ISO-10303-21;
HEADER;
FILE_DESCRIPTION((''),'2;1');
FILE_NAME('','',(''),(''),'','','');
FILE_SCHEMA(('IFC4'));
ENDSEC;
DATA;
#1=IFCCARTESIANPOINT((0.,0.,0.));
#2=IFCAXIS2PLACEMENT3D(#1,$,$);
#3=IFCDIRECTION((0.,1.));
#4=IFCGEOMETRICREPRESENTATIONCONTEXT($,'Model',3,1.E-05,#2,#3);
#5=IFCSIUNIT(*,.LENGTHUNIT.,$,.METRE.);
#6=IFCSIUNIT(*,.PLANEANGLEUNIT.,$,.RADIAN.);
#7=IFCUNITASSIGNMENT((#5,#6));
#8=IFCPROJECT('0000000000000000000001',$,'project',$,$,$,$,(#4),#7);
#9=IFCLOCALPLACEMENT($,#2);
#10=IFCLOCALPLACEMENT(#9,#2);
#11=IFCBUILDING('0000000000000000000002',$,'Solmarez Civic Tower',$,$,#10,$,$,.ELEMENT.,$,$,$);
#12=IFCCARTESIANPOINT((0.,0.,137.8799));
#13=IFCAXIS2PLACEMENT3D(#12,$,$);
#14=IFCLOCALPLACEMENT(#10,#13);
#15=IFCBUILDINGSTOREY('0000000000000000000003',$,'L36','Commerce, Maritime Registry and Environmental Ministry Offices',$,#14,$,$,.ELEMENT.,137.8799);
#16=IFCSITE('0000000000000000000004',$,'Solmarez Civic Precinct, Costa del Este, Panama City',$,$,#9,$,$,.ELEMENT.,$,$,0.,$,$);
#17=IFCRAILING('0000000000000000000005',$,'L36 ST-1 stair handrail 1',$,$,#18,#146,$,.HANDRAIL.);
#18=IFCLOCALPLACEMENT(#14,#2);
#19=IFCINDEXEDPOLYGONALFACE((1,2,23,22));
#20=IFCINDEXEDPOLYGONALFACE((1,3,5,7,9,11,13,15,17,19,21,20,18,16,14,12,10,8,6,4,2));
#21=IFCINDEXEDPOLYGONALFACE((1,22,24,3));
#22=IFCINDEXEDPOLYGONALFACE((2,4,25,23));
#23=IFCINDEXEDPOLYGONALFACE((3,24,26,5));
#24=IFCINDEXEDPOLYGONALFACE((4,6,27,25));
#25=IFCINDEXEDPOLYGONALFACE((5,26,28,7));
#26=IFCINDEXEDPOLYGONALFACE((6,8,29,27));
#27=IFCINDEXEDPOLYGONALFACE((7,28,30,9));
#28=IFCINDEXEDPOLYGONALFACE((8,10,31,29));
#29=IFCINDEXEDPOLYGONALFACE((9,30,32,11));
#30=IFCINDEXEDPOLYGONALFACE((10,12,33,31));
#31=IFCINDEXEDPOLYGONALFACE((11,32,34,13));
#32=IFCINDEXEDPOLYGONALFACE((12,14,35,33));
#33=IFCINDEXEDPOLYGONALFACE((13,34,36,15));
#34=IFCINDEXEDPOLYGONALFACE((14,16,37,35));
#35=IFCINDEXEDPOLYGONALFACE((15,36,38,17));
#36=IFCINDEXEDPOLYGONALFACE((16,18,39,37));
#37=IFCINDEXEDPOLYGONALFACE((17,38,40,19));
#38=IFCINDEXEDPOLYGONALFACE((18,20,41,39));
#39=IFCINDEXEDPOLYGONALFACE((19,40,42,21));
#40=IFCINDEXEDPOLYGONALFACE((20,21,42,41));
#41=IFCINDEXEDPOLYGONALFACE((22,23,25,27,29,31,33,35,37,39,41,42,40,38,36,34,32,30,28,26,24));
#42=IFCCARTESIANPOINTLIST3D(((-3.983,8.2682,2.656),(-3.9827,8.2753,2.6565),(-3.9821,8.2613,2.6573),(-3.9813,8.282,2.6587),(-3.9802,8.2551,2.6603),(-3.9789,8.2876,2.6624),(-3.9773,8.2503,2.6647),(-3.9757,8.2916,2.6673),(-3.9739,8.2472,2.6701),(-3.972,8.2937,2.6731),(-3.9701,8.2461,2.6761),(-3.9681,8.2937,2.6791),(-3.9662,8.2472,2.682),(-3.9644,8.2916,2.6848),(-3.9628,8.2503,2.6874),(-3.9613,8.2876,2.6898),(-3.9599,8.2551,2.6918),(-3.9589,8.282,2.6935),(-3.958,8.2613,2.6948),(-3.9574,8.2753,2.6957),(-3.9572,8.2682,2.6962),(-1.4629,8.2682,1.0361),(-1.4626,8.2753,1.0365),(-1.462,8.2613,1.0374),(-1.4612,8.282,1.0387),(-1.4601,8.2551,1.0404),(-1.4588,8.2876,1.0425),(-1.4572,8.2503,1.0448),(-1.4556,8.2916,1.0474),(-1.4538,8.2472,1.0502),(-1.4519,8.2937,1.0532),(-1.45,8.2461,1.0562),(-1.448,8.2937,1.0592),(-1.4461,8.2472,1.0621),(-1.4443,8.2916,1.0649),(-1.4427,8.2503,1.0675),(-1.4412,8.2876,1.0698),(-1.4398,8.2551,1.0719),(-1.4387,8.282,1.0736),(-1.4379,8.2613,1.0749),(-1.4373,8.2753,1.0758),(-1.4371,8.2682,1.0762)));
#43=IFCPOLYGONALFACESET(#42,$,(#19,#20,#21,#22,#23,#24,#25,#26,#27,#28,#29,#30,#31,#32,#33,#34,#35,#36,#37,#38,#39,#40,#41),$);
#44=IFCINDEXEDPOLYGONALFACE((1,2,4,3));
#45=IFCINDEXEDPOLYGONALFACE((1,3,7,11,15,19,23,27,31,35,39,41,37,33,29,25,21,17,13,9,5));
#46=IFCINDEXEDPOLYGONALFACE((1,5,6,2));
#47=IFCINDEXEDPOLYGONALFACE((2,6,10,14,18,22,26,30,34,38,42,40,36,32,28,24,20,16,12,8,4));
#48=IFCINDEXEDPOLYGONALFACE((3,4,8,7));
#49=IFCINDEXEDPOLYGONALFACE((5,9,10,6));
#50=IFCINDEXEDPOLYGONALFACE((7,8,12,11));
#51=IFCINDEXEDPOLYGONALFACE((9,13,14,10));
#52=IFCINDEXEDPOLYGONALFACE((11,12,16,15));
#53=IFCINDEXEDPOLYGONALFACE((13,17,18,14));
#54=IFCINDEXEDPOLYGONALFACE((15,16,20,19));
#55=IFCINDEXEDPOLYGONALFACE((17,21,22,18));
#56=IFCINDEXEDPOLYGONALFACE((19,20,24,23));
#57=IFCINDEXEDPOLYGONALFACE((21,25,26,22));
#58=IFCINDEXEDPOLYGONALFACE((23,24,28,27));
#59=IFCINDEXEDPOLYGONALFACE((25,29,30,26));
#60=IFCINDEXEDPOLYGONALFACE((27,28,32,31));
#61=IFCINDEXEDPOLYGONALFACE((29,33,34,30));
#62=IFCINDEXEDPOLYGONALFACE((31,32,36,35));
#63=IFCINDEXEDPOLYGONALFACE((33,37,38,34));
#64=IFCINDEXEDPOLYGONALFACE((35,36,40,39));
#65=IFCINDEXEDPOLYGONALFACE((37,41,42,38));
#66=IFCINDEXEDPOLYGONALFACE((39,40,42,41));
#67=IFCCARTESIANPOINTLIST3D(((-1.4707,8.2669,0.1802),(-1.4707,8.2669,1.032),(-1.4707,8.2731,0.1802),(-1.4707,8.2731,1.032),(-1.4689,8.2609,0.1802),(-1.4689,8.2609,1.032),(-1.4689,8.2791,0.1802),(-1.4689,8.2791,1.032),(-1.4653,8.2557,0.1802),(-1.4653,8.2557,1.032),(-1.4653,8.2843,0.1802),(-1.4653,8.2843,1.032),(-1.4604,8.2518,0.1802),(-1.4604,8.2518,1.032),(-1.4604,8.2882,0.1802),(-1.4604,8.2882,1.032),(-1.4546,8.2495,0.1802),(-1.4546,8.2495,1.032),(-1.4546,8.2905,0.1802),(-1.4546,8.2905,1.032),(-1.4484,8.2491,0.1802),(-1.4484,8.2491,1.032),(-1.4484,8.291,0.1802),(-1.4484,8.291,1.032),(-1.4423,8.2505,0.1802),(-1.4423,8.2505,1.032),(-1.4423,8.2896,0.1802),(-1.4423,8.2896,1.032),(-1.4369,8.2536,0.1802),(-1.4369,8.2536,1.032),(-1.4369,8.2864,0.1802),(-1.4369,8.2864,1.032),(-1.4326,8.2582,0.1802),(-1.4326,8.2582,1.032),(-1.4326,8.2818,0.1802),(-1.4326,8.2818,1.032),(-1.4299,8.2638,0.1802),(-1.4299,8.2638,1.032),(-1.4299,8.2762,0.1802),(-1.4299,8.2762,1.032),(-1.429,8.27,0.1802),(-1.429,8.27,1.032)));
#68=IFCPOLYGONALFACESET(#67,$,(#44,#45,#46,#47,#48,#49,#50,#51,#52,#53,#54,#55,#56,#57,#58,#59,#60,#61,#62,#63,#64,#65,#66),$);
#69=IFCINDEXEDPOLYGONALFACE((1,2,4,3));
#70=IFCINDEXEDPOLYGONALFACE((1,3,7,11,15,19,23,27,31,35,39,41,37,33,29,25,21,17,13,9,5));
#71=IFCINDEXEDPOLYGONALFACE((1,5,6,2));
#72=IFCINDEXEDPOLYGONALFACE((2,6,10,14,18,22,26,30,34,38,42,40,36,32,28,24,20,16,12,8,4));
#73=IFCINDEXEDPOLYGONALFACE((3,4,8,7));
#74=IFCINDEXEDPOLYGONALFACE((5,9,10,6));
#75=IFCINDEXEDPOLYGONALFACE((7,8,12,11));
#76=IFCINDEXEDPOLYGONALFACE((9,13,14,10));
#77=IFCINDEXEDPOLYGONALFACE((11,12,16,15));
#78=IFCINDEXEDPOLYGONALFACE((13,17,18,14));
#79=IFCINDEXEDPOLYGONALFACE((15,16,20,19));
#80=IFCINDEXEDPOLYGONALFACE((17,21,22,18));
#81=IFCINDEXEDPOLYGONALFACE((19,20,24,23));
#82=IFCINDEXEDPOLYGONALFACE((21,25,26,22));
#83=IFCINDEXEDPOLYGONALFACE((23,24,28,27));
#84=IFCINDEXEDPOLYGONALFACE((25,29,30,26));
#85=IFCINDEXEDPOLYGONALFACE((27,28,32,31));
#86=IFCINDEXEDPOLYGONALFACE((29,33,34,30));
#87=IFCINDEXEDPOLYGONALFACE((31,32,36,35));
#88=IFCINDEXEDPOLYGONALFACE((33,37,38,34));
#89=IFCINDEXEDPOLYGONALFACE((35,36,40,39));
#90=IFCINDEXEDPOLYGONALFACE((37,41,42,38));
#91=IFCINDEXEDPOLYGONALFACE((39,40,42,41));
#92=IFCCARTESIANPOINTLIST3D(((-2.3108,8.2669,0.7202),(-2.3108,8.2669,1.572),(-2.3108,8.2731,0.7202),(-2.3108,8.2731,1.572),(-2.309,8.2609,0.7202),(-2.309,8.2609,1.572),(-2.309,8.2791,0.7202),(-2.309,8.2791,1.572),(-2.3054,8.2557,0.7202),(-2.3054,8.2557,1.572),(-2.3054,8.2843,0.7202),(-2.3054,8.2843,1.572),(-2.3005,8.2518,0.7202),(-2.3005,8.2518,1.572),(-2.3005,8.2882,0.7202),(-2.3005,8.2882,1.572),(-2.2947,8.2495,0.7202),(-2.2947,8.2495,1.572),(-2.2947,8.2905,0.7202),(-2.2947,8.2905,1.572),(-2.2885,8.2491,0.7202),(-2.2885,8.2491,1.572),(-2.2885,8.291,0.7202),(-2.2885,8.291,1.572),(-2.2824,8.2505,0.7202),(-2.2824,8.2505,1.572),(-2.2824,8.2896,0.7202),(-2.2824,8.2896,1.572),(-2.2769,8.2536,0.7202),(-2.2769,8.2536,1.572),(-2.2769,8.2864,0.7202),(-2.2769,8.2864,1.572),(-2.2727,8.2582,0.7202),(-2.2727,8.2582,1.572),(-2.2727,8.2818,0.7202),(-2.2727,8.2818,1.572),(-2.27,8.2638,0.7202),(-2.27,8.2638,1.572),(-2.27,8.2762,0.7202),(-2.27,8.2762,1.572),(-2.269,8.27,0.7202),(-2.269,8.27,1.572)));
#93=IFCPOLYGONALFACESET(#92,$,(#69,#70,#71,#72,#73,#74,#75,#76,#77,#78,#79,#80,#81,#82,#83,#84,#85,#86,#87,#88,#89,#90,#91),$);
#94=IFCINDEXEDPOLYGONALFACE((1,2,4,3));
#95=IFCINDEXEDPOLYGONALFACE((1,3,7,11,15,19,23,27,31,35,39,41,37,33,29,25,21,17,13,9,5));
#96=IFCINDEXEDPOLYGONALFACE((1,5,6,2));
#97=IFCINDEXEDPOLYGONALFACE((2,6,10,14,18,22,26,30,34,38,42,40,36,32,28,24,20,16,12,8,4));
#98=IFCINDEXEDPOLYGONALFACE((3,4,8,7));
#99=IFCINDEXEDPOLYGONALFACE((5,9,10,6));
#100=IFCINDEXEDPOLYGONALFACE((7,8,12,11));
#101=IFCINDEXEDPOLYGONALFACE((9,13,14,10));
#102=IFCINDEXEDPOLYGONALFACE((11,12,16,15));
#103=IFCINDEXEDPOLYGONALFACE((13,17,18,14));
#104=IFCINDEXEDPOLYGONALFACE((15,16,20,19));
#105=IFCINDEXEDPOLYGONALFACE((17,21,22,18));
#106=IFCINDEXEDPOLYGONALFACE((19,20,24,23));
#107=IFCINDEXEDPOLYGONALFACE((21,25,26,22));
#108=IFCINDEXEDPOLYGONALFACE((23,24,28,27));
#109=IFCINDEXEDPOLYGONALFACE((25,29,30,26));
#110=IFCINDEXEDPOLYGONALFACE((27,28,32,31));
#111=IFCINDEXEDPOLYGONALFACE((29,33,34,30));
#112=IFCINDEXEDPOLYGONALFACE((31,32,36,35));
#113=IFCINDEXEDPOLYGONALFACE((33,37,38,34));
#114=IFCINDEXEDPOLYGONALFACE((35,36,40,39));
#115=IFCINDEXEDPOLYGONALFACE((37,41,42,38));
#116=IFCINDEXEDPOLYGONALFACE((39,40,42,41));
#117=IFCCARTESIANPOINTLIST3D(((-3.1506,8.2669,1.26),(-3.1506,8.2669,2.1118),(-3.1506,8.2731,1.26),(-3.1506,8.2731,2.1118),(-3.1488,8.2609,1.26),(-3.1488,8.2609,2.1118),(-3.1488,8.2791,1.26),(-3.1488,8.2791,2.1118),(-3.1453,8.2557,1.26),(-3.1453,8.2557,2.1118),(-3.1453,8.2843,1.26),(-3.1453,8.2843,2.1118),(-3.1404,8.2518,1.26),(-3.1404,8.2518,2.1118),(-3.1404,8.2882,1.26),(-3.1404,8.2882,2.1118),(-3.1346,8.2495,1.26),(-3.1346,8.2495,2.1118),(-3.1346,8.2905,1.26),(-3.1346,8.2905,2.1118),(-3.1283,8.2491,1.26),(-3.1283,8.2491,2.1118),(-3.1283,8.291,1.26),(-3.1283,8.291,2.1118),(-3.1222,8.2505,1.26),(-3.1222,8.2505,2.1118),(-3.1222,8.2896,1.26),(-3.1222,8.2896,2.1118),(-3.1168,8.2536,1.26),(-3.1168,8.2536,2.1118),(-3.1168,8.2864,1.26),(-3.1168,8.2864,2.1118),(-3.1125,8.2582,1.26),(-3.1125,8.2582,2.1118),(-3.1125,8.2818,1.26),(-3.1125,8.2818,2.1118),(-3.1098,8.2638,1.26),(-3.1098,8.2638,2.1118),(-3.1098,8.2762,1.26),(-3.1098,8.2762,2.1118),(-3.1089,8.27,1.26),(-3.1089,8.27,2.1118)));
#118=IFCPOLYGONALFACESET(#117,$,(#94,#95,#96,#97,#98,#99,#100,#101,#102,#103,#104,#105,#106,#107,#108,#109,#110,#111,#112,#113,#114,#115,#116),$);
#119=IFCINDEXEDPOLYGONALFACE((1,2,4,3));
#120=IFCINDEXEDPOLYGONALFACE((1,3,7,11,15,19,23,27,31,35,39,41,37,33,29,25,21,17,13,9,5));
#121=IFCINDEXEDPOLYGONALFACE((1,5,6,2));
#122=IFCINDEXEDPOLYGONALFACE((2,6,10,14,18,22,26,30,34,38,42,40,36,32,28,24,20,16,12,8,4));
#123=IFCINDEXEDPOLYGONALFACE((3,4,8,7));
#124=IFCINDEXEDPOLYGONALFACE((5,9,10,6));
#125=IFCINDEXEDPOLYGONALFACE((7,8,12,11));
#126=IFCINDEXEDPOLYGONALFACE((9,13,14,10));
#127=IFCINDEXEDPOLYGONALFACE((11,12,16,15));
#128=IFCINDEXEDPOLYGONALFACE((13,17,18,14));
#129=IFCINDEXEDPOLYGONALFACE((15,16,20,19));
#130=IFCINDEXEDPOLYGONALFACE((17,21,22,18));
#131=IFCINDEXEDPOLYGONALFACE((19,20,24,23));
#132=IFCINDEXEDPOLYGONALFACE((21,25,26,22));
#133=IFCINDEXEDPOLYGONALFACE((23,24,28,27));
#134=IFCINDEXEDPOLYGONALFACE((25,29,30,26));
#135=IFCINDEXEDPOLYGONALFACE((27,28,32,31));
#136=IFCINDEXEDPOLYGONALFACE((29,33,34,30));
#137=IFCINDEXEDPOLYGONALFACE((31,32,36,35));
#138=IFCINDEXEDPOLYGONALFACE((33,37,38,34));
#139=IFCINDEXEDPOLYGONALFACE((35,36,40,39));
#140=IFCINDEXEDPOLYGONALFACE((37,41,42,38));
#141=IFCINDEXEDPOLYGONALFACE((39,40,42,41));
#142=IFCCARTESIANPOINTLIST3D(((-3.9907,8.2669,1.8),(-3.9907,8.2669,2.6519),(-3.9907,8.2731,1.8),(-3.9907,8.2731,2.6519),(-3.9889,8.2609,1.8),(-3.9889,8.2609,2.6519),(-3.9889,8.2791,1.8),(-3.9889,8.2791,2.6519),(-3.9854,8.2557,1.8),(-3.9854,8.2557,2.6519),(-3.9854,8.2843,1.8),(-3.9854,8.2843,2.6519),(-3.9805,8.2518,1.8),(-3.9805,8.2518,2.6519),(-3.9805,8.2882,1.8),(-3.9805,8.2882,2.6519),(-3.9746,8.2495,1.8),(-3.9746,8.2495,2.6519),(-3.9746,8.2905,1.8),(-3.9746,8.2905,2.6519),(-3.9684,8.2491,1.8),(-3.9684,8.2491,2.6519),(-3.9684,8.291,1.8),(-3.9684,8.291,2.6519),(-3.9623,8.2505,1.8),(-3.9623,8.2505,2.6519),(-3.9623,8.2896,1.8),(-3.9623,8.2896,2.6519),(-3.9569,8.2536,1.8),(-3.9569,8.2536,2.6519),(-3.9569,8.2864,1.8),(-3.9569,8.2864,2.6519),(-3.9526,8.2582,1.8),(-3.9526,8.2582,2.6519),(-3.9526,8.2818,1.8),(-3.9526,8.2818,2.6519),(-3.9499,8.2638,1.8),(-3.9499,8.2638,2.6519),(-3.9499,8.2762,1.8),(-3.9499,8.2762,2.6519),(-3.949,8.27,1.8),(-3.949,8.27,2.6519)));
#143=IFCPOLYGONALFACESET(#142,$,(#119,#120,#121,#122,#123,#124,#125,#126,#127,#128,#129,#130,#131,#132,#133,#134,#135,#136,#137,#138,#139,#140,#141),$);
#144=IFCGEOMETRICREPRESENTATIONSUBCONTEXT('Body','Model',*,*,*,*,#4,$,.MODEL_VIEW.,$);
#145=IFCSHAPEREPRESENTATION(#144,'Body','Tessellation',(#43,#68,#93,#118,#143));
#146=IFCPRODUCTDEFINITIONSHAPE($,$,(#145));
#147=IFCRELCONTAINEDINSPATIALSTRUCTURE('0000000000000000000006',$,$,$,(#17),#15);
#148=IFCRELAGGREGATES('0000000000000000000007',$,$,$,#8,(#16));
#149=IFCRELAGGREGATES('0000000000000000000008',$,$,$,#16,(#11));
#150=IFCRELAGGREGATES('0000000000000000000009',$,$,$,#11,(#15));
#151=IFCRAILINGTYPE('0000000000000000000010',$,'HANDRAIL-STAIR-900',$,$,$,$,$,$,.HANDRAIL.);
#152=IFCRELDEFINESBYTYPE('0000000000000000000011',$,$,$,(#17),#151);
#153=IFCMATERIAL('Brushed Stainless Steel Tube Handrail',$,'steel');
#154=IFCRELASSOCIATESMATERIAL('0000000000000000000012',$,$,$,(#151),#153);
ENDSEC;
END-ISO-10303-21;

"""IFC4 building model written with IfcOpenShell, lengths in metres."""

from ifc_helpers import new_model, si_unit, direction, frame, origin, origin_2d, place, context, subcontext, project, spatial, circle, extrude, material, type_object, element, save


model = new_model("IFC4")

# Units and contexts
model_context = context("Model", 3, precision=1e-05, world=origin(), true_north=direction((0.0, 1.0)))
body_context = subcontext(model_context, "Body", "Model", "MODEL_VIEW")
ifc_project = project(units=[si_unit("LENGTHUNIT", "METRE"), si_unit("PLANEANGLEUNIT", "RADIAN")], contexts=[model_context])

# Site, building, storey
site_placement = place(None, origin())
site = spatial("IfcSite", under=ifc_project, at=site_placement, Name="Solmarez Civic Precinct, Costa del Este, Panama City", CompositionType="ELEMENT", RefElevation=0.0)
building_placement = place(site_placement, origin())
building = spatial("IfcBuilding", under=site, at=building_placement, Name="Solmarez Civic Tower", CompositionType="ELEMENT")
storey_placement = place(building_placement, frame((0.0, 0.0, 137.8799)))
storey = spatial("IfcBuildingStorey", under=building, at=storey_placement, Name="L36", Description="Commerce, Maritime Registry and Environmental Ministry Offices", CompositionType="ELEMENT", Elevation=137.8799)

# Railing
ifc_material_1 = material(Name="Brushed Stainless Steel Tube Handrail", Category="steel")
railing_type_1 = type_object("IfcRailingType", Name="HANDRAIL-STAIR-900", PredefinedType="HANDRAIL", material=ifc_material_1)
railing_1_placement = place(storey_placement, frame((-1.45, 8.27, 0.1802)))
element("IfcRailing", 1, at=railing_1_placement, inside=storey, type_object=railing_type_1, Name="L36 ST-1 stair handrail 1", PredefinedType="HANDRAIL", context=body_context, shape_type="SweptSolid", body=[
    extrude(circle(Radius=0.0239, at=origin_2d()), frame((0.0, 0.0, 0.876), z_axis=(-0.8412, 0.0, 0.540725), x_axis=(0.0, -1.0, 0.0)), (0.0, 0.0, 1.0), 2.9958),
    extrude(circle(Radius=0.021, at=origin_2d()), origin(), (0.0, 0.0, 1.0), 0.8518),
    extrude(circle(Radius=0.021, at=origin_2d()), frame((-0.8401, 0.0, 0.54)), (0.0, 0.0, 1.0), 0.8518),
    extrude(circle(Radius=0.021, at=origin_2d()), frame((-1.6799, 0.0, 1.0798)), (0.0, 0.0, 1.0), 0.8518),
    extrude(circle(Radius=0.021, at=origin_2d()), frame((-2.52, 0.0, 1.6199)), (0.0, 0.0, 1.0), 0.8518),
])

save(model, "model.ifc")
